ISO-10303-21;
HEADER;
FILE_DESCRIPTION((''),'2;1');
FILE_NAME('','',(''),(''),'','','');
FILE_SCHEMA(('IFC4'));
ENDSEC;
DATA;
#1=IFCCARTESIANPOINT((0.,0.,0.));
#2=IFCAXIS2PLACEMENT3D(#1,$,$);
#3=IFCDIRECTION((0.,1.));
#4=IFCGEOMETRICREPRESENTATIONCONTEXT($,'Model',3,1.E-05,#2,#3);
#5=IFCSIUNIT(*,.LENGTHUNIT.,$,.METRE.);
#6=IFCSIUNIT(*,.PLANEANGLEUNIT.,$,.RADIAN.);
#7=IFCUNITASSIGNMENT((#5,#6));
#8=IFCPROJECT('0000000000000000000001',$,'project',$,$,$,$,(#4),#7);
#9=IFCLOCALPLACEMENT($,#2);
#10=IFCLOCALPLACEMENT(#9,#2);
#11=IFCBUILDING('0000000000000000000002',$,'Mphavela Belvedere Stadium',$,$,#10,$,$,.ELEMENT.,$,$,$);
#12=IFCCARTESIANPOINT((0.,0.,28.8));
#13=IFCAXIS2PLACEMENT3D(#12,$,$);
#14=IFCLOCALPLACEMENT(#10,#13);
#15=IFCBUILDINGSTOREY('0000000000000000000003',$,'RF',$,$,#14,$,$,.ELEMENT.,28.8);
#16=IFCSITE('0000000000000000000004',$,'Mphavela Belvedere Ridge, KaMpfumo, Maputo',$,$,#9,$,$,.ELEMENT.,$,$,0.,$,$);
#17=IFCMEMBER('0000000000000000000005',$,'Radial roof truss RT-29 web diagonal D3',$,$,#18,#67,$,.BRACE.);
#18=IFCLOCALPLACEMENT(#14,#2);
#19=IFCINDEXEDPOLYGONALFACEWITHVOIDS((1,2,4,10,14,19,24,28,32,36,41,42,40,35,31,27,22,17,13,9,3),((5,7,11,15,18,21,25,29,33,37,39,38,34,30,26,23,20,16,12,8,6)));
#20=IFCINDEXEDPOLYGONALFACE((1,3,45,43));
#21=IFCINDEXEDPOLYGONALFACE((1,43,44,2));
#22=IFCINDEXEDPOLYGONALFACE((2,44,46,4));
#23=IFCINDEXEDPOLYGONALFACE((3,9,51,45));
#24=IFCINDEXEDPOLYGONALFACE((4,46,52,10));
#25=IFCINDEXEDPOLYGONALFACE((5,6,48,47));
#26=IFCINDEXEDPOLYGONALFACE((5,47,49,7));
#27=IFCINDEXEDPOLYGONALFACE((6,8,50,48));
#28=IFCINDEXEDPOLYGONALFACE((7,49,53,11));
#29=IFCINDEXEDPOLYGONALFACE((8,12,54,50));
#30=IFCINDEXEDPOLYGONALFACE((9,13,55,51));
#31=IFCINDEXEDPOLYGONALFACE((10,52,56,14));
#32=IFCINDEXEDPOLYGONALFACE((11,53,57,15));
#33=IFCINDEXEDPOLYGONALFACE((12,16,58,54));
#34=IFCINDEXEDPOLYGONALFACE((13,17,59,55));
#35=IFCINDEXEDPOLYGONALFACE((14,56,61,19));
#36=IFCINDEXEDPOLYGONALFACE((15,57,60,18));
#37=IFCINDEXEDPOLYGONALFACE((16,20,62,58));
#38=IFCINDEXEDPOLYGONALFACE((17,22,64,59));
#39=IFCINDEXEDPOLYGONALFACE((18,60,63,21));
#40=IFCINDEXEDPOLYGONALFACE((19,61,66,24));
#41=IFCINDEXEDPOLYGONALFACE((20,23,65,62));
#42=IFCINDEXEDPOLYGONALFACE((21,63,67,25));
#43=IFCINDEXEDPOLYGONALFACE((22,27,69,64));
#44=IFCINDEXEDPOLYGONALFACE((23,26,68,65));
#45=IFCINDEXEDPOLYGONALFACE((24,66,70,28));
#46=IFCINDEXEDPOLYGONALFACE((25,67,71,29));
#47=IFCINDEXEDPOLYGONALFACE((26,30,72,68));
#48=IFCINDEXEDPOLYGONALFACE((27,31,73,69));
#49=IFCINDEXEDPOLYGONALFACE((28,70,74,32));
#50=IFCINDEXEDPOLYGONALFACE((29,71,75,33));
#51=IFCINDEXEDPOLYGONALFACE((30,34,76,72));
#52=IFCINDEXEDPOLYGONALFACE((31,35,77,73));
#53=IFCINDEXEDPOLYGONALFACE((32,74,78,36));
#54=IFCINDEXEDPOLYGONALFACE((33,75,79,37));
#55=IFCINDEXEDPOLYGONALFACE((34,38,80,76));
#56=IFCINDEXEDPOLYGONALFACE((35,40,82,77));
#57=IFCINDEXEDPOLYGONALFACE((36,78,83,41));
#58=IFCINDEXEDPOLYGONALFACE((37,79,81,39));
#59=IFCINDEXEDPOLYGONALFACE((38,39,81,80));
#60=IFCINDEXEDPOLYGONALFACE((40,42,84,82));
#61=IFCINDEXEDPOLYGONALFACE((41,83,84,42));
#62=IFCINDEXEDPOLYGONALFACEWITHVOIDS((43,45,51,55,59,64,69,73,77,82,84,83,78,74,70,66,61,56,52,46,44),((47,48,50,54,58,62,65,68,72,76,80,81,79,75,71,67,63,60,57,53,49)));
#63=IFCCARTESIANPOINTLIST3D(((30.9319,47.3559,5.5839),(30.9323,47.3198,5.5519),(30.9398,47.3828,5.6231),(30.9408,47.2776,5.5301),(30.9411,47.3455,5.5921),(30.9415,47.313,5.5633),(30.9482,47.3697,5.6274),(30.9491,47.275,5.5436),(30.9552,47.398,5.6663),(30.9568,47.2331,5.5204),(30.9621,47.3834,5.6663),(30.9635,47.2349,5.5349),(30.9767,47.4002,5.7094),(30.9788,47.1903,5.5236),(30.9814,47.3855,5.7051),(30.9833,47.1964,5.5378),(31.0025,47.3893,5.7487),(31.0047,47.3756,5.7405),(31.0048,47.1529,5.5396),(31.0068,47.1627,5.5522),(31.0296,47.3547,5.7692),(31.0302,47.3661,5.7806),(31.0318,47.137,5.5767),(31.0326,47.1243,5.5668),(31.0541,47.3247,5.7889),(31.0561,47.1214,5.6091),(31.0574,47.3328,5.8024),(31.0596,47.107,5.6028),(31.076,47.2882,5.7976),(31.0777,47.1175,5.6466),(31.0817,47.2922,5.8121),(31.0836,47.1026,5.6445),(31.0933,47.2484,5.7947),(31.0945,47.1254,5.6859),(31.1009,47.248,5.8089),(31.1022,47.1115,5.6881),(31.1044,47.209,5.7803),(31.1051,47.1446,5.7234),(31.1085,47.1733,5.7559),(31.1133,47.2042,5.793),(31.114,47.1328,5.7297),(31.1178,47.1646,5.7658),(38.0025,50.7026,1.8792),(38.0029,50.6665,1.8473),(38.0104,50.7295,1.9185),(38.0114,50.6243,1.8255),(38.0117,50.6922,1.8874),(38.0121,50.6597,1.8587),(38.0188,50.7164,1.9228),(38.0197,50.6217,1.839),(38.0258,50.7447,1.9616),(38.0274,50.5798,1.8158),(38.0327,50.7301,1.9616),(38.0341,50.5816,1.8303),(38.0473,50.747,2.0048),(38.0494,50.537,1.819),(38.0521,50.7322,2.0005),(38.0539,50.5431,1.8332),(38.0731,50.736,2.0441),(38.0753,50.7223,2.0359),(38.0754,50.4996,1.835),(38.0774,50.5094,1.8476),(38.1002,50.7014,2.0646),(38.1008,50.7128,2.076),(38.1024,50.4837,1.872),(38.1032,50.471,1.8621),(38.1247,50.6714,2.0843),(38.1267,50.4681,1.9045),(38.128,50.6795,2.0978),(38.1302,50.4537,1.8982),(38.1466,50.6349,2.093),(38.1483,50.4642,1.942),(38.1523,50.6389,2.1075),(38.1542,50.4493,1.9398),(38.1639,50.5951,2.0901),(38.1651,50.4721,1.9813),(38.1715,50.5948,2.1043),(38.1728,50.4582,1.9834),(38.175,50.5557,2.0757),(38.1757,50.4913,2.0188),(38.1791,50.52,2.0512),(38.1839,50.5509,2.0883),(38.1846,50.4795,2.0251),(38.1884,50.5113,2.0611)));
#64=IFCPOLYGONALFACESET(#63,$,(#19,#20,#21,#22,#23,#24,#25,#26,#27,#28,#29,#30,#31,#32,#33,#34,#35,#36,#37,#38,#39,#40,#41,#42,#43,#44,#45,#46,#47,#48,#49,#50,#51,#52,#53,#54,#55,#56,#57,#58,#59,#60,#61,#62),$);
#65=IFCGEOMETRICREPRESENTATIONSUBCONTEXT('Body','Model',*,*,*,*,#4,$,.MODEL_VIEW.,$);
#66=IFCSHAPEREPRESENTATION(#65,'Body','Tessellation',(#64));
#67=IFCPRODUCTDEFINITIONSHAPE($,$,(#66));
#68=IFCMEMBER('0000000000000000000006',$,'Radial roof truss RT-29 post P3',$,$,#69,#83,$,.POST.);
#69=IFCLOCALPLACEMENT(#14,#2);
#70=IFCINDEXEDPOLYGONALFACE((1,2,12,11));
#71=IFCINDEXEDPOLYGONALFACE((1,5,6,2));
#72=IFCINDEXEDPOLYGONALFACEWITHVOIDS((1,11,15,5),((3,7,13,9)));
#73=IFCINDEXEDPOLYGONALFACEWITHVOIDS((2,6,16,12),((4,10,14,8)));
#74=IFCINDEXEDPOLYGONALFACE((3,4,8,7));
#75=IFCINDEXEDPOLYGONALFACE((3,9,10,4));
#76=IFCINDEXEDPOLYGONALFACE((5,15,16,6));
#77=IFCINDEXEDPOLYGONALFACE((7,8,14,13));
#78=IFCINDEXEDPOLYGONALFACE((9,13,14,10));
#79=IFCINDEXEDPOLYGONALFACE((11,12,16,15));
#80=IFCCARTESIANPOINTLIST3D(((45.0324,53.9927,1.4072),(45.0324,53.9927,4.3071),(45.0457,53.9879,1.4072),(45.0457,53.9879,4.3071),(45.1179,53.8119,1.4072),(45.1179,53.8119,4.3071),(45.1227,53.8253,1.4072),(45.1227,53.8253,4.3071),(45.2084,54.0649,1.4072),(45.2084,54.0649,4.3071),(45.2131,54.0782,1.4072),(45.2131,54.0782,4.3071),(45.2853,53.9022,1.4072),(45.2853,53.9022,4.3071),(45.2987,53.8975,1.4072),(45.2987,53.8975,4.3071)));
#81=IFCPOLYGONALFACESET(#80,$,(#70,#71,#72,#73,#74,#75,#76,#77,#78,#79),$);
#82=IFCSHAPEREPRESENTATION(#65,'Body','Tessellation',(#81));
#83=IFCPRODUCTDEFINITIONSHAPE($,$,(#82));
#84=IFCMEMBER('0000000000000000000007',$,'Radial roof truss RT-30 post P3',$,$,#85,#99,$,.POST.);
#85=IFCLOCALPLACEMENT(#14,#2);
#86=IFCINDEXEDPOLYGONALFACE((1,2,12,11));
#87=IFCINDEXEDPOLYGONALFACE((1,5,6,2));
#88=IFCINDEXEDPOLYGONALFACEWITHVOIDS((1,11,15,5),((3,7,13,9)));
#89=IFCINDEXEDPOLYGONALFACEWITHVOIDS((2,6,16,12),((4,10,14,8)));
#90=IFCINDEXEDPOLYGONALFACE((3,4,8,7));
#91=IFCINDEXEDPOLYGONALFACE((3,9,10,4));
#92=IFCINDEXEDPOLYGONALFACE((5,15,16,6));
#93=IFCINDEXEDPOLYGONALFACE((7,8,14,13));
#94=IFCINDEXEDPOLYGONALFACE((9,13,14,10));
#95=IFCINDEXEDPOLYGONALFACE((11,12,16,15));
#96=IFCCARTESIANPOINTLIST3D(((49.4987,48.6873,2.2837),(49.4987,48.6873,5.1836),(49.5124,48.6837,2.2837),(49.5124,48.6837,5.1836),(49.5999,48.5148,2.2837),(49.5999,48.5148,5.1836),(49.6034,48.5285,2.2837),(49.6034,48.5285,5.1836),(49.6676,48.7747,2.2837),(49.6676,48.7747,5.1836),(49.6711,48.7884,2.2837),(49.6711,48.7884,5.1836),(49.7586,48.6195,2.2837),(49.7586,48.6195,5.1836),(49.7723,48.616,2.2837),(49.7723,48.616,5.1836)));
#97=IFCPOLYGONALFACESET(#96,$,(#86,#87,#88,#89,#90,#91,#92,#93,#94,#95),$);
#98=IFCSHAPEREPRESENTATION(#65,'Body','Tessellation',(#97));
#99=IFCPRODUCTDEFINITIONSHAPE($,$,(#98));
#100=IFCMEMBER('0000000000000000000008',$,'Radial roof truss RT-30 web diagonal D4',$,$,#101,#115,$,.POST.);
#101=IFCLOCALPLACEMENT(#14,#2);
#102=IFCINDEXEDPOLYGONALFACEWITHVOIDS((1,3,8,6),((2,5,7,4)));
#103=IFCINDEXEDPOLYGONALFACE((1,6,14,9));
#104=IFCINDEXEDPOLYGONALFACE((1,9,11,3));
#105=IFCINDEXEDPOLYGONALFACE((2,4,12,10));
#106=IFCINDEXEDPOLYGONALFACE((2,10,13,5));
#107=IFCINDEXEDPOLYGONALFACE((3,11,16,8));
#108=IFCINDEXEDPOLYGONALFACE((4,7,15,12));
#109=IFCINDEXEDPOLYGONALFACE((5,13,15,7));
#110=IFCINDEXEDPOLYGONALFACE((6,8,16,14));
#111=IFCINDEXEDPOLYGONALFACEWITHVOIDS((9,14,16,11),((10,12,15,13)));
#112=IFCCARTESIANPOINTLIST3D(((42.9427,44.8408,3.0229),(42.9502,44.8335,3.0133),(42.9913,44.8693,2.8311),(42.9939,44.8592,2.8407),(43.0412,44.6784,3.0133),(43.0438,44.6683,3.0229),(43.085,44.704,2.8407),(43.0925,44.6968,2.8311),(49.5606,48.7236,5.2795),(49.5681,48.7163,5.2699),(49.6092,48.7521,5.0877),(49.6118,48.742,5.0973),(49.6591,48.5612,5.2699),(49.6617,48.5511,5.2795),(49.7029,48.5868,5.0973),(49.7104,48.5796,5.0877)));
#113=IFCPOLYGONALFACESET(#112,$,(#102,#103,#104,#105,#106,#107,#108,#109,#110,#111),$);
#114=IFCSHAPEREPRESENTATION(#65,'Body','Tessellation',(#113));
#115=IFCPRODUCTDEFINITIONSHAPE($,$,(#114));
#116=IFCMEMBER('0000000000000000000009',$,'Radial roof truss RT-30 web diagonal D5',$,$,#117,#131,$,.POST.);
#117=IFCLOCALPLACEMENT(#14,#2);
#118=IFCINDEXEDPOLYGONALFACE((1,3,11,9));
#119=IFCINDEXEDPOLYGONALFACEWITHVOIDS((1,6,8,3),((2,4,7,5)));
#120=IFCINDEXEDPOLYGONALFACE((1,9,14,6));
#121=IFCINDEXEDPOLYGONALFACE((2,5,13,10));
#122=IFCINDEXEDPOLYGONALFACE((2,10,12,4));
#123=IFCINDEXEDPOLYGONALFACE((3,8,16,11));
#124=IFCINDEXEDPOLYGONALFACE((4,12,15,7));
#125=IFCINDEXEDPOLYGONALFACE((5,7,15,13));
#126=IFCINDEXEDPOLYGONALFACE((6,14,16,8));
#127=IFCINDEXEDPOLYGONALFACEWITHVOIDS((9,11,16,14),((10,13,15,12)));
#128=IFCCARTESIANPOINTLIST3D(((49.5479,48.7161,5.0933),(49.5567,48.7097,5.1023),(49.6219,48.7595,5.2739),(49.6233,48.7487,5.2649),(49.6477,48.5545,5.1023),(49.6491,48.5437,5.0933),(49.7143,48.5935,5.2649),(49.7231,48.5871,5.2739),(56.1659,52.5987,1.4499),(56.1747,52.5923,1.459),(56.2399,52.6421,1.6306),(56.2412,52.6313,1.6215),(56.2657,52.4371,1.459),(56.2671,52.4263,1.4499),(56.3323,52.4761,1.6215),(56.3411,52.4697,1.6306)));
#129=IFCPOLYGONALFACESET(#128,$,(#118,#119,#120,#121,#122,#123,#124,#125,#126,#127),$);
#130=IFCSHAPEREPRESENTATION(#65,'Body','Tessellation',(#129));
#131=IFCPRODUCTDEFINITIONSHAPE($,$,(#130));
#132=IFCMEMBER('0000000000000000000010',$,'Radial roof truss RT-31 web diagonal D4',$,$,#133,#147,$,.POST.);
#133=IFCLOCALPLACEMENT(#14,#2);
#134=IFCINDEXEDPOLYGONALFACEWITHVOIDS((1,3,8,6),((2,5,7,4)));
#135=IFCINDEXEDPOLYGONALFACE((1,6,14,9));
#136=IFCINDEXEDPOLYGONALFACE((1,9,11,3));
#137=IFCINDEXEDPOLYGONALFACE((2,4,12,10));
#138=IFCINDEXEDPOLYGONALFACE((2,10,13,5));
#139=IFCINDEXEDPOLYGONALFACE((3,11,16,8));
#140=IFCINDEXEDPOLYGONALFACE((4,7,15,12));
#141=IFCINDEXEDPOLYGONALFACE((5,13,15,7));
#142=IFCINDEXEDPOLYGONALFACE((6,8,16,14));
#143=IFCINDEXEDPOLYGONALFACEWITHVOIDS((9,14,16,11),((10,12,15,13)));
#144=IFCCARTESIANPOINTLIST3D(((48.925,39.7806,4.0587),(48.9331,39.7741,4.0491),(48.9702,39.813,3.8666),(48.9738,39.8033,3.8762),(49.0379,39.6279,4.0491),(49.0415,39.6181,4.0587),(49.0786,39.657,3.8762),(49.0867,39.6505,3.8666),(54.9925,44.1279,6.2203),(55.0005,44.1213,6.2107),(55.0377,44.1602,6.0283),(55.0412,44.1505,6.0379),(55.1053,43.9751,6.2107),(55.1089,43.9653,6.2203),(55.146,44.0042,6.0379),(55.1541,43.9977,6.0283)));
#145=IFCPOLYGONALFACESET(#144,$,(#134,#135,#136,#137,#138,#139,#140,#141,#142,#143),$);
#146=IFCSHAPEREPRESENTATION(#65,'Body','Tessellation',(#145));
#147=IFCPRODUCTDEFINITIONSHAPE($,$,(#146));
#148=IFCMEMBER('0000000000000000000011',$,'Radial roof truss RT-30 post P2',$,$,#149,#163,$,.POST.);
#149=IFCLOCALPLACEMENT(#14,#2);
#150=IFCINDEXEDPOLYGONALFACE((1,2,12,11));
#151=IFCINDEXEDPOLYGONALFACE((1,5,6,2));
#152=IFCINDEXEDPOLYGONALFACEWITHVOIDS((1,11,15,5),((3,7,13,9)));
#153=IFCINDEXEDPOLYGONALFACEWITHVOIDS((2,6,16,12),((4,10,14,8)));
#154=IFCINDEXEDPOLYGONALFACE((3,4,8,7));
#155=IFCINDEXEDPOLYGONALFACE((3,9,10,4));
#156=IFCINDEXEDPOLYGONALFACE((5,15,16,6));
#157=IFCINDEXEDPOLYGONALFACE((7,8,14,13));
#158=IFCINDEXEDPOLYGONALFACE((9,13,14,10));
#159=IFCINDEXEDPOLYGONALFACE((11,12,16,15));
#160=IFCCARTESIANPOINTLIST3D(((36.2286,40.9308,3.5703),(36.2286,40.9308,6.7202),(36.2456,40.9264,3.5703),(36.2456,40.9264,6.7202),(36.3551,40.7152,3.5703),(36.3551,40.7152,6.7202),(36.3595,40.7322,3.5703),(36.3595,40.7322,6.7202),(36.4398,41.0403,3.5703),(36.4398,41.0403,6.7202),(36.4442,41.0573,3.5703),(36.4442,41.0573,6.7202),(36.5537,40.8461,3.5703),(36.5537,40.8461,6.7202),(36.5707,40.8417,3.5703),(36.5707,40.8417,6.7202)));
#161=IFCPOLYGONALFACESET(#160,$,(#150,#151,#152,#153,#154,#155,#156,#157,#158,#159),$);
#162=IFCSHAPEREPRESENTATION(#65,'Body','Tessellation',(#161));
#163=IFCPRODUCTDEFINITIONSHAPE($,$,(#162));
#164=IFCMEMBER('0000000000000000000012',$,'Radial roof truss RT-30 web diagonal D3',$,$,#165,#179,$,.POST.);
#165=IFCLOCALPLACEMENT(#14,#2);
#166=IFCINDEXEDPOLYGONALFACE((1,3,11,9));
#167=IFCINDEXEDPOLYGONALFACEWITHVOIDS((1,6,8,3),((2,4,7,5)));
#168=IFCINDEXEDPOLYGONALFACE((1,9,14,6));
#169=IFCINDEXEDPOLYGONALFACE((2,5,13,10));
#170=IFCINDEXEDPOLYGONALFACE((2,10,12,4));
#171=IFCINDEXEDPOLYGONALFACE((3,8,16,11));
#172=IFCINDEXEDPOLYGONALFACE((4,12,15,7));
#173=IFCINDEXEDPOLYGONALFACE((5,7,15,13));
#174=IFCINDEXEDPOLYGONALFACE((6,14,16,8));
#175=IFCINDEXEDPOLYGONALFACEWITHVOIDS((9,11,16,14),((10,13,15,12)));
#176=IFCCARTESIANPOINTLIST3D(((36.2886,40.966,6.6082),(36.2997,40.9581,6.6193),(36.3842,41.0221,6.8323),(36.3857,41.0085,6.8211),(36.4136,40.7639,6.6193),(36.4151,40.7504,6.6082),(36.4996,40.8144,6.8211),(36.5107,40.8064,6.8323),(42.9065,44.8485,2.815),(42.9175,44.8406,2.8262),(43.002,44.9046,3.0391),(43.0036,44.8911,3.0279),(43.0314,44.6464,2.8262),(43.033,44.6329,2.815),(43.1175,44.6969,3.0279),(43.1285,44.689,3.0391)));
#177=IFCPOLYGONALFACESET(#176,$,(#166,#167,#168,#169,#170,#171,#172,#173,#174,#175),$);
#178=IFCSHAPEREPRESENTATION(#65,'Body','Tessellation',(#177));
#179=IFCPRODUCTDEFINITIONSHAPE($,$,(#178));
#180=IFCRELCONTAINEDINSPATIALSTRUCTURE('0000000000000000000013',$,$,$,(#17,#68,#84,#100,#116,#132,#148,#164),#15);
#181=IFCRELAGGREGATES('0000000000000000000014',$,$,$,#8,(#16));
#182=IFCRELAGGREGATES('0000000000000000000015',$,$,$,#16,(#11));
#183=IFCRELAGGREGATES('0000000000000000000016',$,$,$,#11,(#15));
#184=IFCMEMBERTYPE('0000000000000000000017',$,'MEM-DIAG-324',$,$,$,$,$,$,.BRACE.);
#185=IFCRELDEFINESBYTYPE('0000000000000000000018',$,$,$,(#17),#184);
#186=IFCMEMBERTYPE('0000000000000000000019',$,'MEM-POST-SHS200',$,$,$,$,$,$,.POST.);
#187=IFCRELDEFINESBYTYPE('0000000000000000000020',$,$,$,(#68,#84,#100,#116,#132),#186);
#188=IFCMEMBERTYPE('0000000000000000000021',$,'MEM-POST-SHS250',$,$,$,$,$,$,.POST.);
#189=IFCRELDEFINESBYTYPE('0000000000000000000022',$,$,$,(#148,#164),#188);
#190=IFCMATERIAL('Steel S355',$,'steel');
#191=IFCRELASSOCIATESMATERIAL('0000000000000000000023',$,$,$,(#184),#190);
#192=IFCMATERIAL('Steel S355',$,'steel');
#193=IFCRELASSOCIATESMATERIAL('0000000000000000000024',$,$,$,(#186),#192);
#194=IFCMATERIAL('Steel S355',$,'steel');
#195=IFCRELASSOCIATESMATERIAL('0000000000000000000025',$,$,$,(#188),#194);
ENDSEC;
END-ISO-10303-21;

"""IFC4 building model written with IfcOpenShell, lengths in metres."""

from ifc_helpers import new_model, si_unit, direction, frame, origin, origin_2d, place, context, subcontext, project, spatial, hollow_rectangle, hollow_circle, extrude, material, material_profile, profile_set, type_object, element, save


model = new_model("IFC4")

# Units and contexts
model_context = context("Model", 3, precision=1e-05, world=origin(), true_north=direction((0.0, 1.0)))
body_context = subcontext(model_context, "Body", "Model", "MODEL_VIEW")
ifc_project = project(units=[si_unit("LENGTHUNIT", "METRE"), si_unit("PLANEANGLEUNIT", "RADIAN")], contexts=[model_context])

# Site, building, storey
site_placement = place(None, origin())
site = spatial("IfcSite", under=ifc_project, at=site_placement, Name="Mphavela Belvedere Ridge, KaMpfumo, Maputo", CompositionType="ELEMENT", RefElevation=0.0)
building_placement = place(site_placement, origin())
building = spatial("IfcBuilding", under=site, at=building_placement, Name="Mphavela Belvedere Stadium", CompositionType="ELEMENT")
storey_placement = place(building_placement, frame((0.0, 0.0, 28.8)))
storey = spatial("IfcBuildingStorey", under=building, at=storey_placement, Name="RF", CompositionType="ELEMENT", Elevation=28.8)

# Members
ifc_material_1 = material(Name="Steel S355", Category="steel")
ifc_material_profile_1 = material_profile(ifc_material_1, hollow_circle(Radius=0.1619, WallThickness=0.0161, at=origin_2d()), Name="CHS 323.9x16")
ifc_profile_set_1 = profile_set([ifc_material_profile_1], Name="Steel S355")
member_type_1 = type_object("IfcMemberType", Name="MEM-DIAG-324", PredefinedType="BRACE", material=ifc_profile_set_1)
member_1_placement = place(storey_placement, frame((31.0244, 47.2517, 5.6663), z_axis=(0.81689, 0.386655, -0.428006), x_axis=(-0.427822, 0.903863, 0.0)))
element("IfcMember", 1, at=member_1_placement, inside=storey, type_object=member_type_1, Name="Radial roof truss RT-29 web diagonal D3", PredefinedType="BRACE", context=body_context, shape_type="SweptSolid", body=[
    extrude(hollow_circle(Radius=0.1619, WallThickness=0.0161, at=origin_2d()), origin(), (0.0, 0.0, 1.0), 8.6555),
])
ifc_material_2 = material(Name="Steel S355", Category="steel")
ifc_material_profile_2 = material_profile(ifc_material_2, hollow_rectangle(XDim=0.2, YDim=0.2, WallThickness=0.01, at=origin_2d()), Name="SHS 200x200x10")
ifc_profile_set_2 = profile_set([ifc_material_profile_2], Name="Steel S355")
member_type_2 = type_object("IfcMemberType", Name="MEM-POST-SHS200", PredefinedType="POST", material=ifc_profile_set_2)
for number, where, z_axis, x_axis, name in (
    (2, (45.1655, 53.9451, 1.4072), (0.0, 0.0, 1.0), (-0.903859, -0.427831, 0.0), "Radial roof truss RT-29 post P3"),
    (3, (49.6355, 48.6516, 2.2837), (0.0, 0.0, 1.0), (-0.862514, -0.506034, 0.0), "Radial roof truss RT-30 post P3"),
):
    element("IfcMember", number, at=place(storey_placement, frame(where, z_axis=z_axis, x_axis=x_axis)), inside=storey, type_object=member_type_2, Name=name, PredefinedType="POST", context=body_context, shape_type="SweptSolid", body=[
        extrude(hollow_rectangle(XDim=0.2, YDim=0.2, WallThickness=0.01, at=origin_2d()), origin(), (0.0, 0.0, 1.0), 2.8999),
    ])
member_2_placement = place(storey_placement, frame((43.0176, 44.7688, 2.927), z_axis=(0.827464, 0.485483, 0.28215), x_axis=(-0.506044, 0.862508, 0.0)))
element("IfcMember", 4, at=member_2_placement, inside=storey, type_object=member_type_2, Name="Radial roof truss RT-30 web diagonal D4", PredefinedType="POST", context=body_context, shape_type="SweptSolid", body=[
    extrude(hollow_rectangle(XDim=0.2, YDim=0.2, WallThickness=0.01, at=origin_2d()), origin(), (0.0, 0.0, 1.0), 7.9978),
])
member_3_placement = place(storey_placement, frame((49.6355, 48.6516, 5.1836), z_axis=(0.779146, 0.457105, -0.428937), x_axis=(-0.50602, 0.862522, 0.0)))
element("IfcMember", 5, at=member_3_placement, inside=storey, type_object=member_type_2, Name="Radial roof truss RT-30 web diagonal D5", PredefinedType="POST", context=body_context, shape_type="SweptSolid", body=[
    extrude(hollow_rectangle(XDim=0.2, YDim=0.2, WallThickness=0.01, at=origin_2d()), origin(), (0.0, 0.0, 1.0), 8.4939),
])
member_4_placement = place(storey_placement, frame((49.0059, 39.7156, 3.9626), z_axis=(0.780804, 0.559431, 0.278176), x_axis=(-0.58242, 0.812888, 0.0)))
element("IfcMember", 6, at=member_4_placement, inside=storey, type_object=member_type_2, Name="Radial roof truss RT-31 web diagonal D4", PredefinedType="POST", context=body_context, shape_type="SweptSolid", body=[
    extrude(hollow_rectangle(XDim=0.2, YDim=0.2, WallThickness=0.01, at=origin_2d()), origin(), (0.0, 0.0, 1.0), 7.7708),
])
ifc_material_3 = material(Name="Steel S355", Category="steel")
ifc_material_profile_3 = material_profile(ifc_material_3, hollow_rectangle(XDim=0.25, YDim=0.25, WallThickness=0.0125, at=origin_2d()), Name="SHS 250x250x12.5")
ifc_profile_set_3 = profile_set([ifc_material_profile_3], Name="Steel S355")
member_type_3 = type_object("IfcMemberType", Name="MEM-POST-SHS250", PredefinedType="POST", material=ifc_profile_set_3)
member_5_placement = place(storey_placement, frame((36.3997, 40.8862, 3.5703), z_axis=(0.0, 0.0, 1.0), x_axis=(-0.862514, -0.506034, 0.0)))
element("IfcMember", 7, at=member_5_placement, inside=storey, type_object=member_type_3, Name="Radial roof truss RT-30 post P2", PredefinedType="POST", context=body_context, shape_type="SweptSolid", body=[
    extrude(hollow_rectangle(XDim=0.25, YDim=0.25, WallThickness=0.0125, at=origin_2d()), origin(), (0.0, 0.0, 1.0), 3.1499),
])
member_6_placement = place(storey_placement, frame((36.3997, 40.8862, 6.7202), z_axis=(0.773195, 0.453614, -0.443174), x_axis=(-0.50602, 0.862522, 0.0)))
element("IfcMember", 8, at=member_6_placement, inside=storey, type_object=member_type_3, Name="Radial roof truss RT-30 web diagonal D3", PredefinedType="POST", context=body_context, shape_type="SweptSolid", body=[
    extrude(hollow_rectangle(XDim=0.25, YDim=0.25, WallThickness=0.0125, at=origin_2d()), origin(), (0.0, 0.0, 1.0), 8.5591),
])

save(model, "model.ifc")
